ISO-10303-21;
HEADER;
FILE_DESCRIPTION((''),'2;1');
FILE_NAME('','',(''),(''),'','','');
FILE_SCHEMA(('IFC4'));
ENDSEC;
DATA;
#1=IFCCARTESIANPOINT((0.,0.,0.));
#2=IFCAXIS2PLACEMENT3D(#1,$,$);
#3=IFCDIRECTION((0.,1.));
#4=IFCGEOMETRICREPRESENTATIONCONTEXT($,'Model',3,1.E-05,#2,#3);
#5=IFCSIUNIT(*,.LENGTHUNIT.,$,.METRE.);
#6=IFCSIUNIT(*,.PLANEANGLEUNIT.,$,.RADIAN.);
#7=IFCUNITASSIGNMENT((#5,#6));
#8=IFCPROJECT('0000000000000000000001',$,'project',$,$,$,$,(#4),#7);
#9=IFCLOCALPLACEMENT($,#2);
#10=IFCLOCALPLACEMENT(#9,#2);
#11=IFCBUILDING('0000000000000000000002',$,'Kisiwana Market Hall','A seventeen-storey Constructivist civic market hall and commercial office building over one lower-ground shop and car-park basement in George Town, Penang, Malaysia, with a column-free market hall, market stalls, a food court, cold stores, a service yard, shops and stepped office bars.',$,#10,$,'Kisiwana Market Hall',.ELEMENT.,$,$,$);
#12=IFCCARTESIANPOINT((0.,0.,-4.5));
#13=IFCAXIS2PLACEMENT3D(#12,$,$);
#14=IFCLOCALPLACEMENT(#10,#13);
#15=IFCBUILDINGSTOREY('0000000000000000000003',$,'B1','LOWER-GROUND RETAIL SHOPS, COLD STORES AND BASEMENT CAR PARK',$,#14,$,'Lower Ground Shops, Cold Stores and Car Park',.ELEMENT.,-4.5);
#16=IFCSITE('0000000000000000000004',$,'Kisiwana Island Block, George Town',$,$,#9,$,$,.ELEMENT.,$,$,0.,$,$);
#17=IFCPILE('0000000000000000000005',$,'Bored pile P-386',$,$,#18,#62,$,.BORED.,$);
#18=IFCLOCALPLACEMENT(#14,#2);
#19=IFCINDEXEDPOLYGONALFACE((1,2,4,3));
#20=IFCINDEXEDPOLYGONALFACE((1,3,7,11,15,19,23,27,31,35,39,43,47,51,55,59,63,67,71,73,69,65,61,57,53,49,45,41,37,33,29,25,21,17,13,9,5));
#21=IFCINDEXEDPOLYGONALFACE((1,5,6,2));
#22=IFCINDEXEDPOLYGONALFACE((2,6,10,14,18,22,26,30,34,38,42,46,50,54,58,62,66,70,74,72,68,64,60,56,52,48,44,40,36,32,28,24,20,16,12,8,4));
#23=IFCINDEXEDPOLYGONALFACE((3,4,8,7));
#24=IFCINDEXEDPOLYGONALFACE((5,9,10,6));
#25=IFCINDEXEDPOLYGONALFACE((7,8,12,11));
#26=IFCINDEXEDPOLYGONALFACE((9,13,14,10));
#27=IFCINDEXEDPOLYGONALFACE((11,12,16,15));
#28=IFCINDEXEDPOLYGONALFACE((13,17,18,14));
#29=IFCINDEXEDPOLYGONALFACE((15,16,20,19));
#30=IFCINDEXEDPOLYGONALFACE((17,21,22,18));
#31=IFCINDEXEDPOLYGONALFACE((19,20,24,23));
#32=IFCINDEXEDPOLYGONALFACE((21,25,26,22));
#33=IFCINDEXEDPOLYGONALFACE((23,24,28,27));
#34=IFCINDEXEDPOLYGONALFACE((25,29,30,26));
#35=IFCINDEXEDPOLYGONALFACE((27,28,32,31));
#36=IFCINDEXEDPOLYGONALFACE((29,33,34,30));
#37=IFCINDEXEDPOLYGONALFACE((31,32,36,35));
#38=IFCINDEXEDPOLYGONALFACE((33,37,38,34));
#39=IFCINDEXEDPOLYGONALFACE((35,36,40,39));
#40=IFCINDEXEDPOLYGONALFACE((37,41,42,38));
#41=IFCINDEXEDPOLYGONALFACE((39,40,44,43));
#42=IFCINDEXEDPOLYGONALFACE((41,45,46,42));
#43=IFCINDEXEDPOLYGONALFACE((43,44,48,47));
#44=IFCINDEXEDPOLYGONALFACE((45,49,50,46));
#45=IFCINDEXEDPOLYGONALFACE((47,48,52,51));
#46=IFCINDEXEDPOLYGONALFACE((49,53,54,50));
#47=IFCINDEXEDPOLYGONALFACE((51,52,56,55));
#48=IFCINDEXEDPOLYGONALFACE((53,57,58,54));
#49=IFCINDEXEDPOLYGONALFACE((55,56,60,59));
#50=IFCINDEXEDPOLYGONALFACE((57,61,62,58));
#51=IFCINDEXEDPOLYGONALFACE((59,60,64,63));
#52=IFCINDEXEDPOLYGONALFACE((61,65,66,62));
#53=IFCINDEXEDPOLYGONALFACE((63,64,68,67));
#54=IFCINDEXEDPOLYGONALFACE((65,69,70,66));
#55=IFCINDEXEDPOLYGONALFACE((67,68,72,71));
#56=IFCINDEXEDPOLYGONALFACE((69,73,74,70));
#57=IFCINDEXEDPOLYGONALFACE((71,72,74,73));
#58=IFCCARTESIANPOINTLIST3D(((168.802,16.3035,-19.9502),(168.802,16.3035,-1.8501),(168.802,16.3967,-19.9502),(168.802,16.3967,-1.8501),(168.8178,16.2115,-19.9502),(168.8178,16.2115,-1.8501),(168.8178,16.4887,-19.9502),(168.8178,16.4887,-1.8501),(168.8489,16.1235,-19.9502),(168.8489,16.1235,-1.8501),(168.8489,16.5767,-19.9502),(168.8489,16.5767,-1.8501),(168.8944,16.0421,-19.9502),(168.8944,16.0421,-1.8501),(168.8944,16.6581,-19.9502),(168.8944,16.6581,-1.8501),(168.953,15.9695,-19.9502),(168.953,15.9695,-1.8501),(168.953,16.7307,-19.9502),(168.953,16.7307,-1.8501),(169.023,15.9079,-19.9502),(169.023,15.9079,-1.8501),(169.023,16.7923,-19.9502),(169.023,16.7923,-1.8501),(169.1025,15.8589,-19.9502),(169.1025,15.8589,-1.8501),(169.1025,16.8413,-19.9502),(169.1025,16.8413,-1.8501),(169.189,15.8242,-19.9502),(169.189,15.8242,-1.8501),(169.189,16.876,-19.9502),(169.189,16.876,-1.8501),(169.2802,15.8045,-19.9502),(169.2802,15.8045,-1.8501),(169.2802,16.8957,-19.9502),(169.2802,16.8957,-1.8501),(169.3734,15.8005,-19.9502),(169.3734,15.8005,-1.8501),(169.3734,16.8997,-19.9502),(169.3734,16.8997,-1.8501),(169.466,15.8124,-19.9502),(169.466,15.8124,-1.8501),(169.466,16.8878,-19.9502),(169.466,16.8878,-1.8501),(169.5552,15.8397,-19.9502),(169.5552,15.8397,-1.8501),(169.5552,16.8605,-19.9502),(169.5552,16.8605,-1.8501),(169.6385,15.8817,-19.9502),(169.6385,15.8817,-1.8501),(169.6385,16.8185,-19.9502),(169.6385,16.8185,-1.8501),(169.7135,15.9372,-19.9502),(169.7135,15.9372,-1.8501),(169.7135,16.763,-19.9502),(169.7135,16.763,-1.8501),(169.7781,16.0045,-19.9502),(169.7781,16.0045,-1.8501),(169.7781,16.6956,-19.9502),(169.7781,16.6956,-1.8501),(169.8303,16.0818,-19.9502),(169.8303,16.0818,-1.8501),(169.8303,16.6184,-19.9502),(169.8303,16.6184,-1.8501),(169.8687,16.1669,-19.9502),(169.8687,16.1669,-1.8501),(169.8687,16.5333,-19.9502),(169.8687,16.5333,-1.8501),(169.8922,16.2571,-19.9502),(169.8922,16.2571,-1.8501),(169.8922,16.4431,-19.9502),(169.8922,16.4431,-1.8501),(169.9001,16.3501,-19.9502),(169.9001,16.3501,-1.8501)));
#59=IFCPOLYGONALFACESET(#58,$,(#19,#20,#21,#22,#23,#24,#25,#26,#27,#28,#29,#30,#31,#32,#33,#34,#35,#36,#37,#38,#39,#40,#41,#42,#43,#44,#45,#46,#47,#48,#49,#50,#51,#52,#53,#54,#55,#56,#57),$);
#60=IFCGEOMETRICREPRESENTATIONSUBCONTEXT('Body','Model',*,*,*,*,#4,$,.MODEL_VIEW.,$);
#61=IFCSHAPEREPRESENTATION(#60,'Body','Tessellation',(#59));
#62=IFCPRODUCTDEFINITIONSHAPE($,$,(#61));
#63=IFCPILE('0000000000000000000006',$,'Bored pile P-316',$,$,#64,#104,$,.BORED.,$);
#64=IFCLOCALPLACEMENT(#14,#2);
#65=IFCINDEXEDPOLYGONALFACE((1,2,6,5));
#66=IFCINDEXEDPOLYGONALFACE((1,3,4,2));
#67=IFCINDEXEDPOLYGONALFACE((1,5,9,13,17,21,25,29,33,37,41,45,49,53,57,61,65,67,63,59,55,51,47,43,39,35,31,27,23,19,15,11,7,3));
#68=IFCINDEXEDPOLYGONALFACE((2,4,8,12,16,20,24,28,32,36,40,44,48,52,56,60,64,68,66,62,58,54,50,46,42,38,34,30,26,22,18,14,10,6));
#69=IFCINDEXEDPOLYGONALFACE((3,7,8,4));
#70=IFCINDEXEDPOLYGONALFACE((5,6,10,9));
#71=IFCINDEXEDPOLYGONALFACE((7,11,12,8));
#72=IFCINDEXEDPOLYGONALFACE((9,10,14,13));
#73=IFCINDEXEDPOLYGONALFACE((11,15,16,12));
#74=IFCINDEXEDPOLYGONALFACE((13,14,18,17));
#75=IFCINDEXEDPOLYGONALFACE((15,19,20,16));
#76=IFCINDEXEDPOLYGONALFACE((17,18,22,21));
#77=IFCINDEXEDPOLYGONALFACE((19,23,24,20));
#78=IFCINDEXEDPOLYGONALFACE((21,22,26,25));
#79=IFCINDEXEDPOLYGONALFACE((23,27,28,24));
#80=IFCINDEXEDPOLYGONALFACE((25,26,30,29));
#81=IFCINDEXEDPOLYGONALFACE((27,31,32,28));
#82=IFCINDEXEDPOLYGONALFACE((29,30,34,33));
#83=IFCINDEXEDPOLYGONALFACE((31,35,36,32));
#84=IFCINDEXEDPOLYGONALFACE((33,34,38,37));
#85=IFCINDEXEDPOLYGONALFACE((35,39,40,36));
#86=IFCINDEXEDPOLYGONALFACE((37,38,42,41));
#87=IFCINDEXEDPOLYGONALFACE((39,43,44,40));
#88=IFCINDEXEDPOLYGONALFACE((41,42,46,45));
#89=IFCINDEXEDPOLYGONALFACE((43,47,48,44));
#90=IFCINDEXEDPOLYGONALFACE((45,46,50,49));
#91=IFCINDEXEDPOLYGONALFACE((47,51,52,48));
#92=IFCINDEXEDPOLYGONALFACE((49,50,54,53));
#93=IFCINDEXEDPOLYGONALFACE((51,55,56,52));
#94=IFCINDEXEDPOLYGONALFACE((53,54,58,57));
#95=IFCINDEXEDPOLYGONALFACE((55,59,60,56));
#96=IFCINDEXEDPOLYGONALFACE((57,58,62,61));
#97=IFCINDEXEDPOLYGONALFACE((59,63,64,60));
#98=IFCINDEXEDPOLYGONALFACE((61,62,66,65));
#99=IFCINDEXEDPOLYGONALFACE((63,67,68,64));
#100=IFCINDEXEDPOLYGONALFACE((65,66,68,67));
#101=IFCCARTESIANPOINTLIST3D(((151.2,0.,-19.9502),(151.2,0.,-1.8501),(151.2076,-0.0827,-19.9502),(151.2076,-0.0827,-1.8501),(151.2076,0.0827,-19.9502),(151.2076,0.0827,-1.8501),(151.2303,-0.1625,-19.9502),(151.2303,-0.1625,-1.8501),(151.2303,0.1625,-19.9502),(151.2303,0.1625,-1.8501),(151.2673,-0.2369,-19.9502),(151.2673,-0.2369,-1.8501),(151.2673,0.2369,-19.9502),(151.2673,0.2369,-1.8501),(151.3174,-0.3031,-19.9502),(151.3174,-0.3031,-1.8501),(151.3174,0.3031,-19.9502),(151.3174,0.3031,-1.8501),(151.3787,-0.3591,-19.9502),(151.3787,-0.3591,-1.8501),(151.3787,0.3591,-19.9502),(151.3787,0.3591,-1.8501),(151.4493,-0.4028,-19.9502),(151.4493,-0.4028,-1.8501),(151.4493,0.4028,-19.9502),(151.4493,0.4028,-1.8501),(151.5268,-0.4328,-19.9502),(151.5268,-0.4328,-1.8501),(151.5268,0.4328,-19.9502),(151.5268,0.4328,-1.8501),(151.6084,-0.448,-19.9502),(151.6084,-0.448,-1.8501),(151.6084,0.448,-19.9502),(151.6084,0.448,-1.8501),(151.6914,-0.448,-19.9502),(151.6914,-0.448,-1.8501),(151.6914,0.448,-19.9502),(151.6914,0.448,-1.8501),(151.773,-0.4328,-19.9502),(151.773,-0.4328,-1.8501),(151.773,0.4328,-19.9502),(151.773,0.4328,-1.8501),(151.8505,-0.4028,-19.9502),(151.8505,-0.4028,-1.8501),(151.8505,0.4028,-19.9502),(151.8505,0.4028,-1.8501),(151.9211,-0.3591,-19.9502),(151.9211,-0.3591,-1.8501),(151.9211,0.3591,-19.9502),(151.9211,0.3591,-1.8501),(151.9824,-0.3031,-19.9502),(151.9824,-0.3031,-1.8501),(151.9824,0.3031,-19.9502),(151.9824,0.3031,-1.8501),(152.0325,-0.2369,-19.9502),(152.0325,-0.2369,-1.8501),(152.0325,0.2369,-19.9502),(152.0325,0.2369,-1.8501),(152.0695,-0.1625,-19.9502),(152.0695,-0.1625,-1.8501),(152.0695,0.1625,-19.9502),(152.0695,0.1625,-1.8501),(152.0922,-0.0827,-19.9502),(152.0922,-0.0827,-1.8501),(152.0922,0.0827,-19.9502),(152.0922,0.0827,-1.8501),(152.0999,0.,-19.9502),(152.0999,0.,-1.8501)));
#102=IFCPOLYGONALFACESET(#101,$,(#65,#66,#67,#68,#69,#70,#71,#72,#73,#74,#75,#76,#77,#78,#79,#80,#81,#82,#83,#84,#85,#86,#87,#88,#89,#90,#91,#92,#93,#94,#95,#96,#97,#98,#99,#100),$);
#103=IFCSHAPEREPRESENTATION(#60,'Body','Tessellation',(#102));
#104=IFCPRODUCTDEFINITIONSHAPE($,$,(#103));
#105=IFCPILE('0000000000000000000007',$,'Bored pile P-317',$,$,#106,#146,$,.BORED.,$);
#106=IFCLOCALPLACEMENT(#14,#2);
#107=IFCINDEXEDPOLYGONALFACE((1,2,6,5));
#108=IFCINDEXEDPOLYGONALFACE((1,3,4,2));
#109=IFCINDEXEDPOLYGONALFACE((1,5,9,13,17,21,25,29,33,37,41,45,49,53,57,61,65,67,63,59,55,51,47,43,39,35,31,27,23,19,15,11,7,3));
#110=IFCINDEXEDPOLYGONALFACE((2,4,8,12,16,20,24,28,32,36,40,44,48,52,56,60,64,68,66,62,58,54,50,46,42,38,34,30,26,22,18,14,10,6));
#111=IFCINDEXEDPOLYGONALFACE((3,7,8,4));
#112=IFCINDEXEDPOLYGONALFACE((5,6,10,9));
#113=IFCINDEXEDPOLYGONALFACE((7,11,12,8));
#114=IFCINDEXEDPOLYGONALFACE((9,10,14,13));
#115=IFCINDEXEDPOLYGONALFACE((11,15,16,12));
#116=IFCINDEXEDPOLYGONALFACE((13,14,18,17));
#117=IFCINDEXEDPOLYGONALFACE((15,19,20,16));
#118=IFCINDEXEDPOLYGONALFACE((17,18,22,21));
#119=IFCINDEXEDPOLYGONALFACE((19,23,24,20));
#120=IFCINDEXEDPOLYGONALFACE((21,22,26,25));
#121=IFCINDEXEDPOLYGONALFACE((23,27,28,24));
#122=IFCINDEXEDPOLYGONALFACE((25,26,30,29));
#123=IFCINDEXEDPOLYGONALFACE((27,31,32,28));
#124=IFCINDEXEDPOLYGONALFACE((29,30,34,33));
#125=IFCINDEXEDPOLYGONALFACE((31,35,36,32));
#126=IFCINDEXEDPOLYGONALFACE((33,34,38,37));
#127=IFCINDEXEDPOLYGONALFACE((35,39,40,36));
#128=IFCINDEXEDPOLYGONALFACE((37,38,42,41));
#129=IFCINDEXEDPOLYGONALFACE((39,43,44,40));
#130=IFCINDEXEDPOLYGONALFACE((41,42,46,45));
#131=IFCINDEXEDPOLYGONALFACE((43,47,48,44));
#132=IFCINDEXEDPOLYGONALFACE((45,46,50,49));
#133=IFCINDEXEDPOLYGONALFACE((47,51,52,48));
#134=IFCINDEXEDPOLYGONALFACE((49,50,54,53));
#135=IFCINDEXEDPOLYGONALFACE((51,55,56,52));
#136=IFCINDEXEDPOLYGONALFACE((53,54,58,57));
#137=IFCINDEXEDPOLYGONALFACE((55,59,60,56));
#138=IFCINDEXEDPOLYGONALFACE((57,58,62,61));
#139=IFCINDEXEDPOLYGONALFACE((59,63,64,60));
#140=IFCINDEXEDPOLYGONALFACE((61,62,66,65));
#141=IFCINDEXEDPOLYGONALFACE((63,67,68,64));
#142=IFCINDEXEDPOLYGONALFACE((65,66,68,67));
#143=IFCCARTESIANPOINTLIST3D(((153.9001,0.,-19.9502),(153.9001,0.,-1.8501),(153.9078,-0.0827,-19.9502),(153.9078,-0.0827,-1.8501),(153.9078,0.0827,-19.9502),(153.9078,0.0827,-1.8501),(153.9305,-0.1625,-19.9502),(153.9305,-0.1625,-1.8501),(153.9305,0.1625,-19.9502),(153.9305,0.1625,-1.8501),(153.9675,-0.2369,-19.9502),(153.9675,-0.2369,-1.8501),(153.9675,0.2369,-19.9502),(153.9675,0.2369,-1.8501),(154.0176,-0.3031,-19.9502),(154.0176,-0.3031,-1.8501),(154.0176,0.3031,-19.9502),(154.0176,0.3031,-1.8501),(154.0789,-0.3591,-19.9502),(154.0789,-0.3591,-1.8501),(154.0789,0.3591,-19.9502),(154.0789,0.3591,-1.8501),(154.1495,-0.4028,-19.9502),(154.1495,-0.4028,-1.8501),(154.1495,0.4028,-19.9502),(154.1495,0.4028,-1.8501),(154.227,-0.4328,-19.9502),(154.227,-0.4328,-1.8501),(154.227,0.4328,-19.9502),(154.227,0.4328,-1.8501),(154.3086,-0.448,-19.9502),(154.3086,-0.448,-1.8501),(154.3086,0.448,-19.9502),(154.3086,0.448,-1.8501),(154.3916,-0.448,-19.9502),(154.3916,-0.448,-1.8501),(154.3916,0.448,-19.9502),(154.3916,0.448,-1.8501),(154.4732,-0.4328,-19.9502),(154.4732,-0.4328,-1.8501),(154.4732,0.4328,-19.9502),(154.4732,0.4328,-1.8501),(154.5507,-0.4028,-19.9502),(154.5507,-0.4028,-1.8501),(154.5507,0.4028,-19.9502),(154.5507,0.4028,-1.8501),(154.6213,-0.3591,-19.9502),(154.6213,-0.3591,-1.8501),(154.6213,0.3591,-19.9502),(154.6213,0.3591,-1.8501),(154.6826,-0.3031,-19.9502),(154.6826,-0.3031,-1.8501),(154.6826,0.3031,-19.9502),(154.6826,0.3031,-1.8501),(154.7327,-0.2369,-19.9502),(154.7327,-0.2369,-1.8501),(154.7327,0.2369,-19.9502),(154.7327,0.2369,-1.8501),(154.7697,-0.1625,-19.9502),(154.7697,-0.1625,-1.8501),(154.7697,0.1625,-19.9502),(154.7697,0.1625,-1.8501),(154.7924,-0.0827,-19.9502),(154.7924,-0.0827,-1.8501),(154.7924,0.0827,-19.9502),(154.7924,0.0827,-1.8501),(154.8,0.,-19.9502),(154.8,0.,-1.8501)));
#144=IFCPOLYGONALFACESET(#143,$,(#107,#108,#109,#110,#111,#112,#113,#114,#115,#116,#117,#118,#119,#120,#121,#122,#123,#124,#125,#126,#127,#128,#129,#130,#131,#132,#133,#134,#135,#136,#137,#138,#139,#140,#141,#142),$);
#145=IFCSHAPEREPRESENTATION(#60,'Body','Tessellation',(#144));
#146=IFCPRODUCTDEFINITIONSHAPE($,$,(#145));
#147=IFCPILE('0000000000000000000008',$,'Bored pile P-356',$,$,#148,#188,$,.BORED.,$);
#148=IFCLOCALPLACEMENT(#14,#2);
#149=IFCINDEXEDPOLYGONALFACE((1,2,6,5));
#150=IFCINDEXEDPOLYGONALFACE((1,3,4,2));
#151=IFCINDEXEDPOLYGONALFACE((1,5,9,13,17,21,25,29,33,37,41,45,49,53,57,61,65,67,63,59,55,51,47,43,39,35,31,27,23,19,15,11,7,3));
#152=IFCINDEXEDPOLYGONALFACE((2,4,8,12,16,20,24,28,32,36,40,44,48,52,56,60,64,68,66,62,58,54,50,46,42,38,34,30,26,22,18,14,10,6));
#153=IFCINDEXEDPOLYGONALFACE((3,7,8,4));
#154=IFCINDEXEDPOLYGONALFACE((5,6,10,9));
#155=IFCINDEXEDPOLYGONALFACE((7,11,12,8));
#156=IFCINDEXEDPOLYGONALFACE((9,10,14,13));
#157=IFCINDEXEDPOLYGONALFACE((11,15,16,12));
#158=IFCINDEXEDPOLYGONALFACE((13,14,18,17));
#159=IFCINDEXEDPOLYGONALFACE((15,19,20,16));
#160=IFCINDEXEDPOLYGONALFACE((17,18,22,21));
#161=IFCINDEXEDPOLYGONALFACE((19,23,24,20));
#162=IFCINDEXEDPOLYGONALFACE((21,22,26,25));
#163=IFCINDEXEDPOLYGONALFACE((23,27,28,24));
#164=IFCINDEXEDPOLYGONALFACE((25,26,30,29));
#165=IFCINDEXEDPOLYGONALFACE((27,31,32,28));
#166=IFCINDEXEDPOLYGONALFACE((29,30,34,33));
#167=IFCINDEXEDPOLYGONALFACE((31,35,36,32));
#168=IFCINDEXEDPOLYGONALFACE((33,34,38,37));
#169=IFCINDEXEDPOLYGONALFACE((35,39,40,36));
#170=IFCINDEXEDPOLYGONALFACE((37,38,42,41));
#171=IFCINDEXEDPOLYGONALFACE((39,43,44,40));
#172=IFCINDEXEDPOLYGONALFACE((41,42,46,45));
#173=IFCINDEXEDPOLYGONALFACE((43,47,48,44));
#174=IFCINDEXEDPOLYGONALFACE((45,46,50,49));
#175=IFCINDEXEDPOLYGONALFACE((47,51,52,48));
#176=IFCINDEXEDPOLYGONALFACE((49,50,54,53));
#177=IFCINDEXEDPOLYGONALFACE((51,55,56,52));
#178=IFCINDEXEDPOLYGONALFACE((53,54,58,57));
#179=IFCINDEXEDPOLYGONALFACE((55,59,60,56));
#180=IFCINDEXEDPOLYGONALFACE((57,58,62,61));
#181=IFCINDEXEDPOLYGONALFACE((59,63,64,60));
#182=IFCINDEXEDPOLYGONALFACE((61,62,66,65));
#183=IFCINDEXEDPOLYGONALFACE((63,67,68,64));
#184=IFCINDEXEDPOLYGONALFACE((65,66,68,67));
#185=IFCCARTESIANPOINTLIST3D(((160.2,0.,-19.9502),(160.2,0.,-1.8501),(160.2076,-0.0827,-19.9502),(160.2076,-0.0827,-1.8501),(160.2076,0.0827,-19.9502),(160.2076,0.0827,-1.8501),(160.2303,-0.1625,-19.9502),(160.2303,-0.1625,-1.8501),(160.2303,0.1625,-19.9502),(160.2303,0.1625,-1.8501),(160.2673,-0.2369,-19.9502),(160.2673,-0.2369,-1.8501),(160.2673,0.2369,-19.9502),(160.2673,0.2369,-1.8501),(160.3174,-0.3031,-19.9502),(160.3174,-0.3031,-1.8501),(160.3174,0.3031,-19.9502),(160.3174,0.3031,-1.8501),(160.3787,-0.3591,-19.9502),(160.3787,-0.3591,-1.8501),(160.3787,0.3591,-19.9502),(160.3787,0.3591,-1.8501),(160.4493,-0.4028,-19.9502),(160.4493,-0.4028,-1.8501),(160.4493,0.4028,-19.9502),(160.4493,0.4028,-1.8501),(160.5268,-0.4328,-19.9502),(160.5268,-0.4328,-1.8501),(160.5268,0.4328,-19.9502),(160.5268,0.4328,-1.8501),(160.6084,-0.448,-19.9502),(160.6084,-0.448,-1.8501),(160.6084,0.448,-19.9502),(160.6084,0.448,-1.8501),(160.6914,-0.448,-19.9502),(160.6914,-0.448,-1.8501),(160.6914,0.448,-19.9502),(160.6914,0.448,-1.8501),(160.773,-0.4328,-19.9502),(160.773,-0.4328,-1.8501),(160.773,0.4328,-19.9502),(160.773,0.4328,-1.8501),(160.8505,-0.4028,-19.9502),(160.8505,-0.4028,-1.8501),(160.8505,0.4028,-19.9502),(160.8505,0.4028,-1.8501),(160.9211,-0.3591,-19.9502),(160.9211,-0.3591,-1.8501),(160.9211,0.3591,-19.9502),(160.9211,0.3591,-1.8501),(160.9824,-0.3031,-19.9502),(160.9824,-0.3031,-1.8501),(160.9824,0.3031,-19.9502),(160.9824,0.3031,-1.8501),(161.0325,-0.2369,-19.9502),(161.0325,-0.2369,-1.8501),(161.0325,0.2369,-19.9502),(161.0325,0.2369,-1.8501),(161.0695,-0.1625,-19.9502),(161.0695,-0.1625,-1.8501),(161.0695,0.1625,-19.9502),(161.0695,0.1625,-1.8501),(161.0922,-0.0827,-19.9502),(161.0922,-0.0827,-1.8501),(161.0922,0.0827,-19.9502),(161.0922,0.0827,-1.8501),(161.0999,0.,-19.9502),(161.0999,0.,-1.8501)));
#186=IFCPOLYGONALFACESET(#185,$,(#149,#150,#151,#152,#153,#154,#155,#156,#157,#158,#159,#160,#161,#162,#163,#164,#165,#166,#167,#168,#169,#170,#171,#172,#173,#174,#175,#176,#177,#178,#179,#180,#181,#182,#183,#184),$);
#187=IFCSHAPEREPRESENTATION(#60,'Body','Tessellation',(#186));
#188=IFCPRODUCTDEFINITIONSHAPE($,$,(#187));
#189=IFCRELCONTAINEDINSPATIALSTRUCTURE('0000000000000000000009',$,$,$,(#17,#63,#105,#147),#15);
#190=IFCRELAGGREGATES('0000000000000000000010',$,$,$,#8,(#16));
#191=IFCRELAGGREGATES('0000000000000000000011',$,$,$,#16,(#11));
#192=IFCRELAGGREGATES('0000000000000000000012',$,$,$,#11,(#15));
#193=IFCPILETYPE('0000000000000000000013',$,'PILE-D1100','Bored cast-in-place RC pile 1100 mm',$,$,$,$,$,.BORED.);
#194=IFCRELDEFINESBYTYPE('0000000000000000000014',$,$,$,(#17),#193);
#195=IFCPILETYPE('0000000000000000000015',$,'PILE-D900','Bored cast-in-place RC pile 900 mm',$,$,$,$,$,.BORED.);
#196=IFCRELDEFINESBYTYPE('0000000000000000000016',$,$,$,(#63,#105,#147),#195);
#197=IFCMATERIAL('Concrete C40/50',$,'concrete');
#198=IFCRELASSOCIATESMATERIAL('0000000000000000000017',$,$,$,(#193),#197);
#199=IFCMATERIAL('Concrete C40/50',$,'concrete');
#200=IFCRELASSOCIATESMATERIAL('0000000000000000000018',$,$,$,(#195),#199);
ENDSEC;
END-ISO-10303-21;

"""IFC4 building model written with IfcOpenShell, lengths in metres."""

from ifc_helpers import new_model, si_unit, direction, frame, origin, origin_2d, place, context, subcontext, project, spatial, circle, extrude, material, material_profile, profile_set, type_object, element, save


model = new_model("IFC4")

# Units and contexts
model_context = context("Model", 3, precision=1e-05, world=origin(), true_north=direction((0.0, 1.0)))
body_context = subcontext(model_context, "Body", "Model", "MODEL_VIEW")
ifc_project = project(units=[si_unit("LENGTHUNIT", "METRE"), si_unit("PLANEANGLEUNIT", "RADIAN")], contexts=[model_context])

# Site, building, storey
site_placement = place(None, origin())
site = spatial("IfcSite", under=ifc_project, at=site_placement, Name="Kisiwana Island Block, George Town", CompositionType="ELEMENT", RefElevation=0.0)
building_placement = place(site_placement, origin())
building = spatial("IfcBuilding", under=site, at=building_placement, Name="Kisiwana Market Hall", Description="A seventeen-storey Constructivist civic market hall and commercial office building over one lower-ground shop and car-park basement in George Town, Penang, Malaysia, with a column-free market hall, market stalls, a food court, cold stores, a service yard, shops and stepped office bars.", LongName="Kisiwana Market Hall", CompositionType="ELEMENT")
storey_placement = place(building_placement, frame((0.0, 0.0, -4.5)))
storey = spatial("IfcBuildingStorey", under=building, at=storey_placement, Name="B1", Description="LOWER-GROUND RETAIL SHOPS, COLD STORES AND BASEMENT CAR PARK", LongName="Lower Ground Shops, Cold Stores and Car Park", CompositionType="ELEMENT", Elevation=-4.5)

# Piles
ifc_material_1 = material(Name="Concrete C40/50", Category="concrete")
ifc_material_profile_1 = material_profile(ifc_material_1, circle(Radius=0.55, at=origin_2d()), Name="BP D1100")
ifc_profile_set_1 = profile_set([ifc_material_profile_1], Name="Concrete C40/50")
pile_type_1 = type_object("IfcPileType", Name="PILE-D1100", Description="Bored cast-in-place RC pile 1100 mm", PredefinedType="BORED", material=ifc_profile_set_1)
for number, where, z_axis, x_axis, name in (
    (1, (169.3501, 16.3501, -1.8501), (0.0, 0.0, -1.0), (1.0, 0.0, 0.0), "Bored pile P-386"),
):
    element("IfcPile", number, at=place(storey_placement, frame(where, z_axis=z_axis, x_axis=x_axis)), inside=storey, type_object=pile_type_1, Name=name, PredefinedType="BORED", context=body_context, shape_type="SweptSolid", body=[
        extrude(circle(Radius=0.55, at=origin_2d()), origin(), (0.0, 0.0, 1.0), 18.1001),
    ])
ifc_material_2 = material(Name="Concrete C40/50", Category="concrete")
ifc_material_profile_2 = material_profile(ifc_material_2, circle(Radius=0.45, at=origin_2d()), Name="BP D900")
ifc_profile_set_2 = profile_set([ifc_material_profile_2], Name="Concrete C40/50")
pile_type_2 = type_object("IfcPileType", Name="PILE-D900", Description="Bored cast-in-place RC pile 900 mm", PredefinedType="BORED", material=ifc_profile_set_2)
for number, where, z_axis, x_axis, name in (
    (2, (151.6499, 0.0, -1.8501), (0.0, 0.0, -1.0), (1.0, 0.0, 0.0), "Bored pile P-316"),
    (3, (154.3501, 0.0, -1.8501), (0.0, 0.0, -1.0), (1.0, 0.0, 0.0), "Bored pile P-317"),
    (4, (160.6499, 0.0, -1.8501), (0.0, 0.0, -1.0), (1.0, 0.0, 0.0), "Bored pile P-356"),
):
    element("IfcPile", number, at=place(storey_placement, frame(where, z_axis=z_axis, x_axis=x_axis)), inside=storey, type_object=pile_type_2, Name=name, PredefinedType="BORED", context=body_context, shape_type="SweptSolid", body=[
        extrude(circle(Radius=0.45, at=origin_2d()), origin(), (0.0, 0.0, 1.0), 18.1001),
    ])

save(model, "model.ifc")
